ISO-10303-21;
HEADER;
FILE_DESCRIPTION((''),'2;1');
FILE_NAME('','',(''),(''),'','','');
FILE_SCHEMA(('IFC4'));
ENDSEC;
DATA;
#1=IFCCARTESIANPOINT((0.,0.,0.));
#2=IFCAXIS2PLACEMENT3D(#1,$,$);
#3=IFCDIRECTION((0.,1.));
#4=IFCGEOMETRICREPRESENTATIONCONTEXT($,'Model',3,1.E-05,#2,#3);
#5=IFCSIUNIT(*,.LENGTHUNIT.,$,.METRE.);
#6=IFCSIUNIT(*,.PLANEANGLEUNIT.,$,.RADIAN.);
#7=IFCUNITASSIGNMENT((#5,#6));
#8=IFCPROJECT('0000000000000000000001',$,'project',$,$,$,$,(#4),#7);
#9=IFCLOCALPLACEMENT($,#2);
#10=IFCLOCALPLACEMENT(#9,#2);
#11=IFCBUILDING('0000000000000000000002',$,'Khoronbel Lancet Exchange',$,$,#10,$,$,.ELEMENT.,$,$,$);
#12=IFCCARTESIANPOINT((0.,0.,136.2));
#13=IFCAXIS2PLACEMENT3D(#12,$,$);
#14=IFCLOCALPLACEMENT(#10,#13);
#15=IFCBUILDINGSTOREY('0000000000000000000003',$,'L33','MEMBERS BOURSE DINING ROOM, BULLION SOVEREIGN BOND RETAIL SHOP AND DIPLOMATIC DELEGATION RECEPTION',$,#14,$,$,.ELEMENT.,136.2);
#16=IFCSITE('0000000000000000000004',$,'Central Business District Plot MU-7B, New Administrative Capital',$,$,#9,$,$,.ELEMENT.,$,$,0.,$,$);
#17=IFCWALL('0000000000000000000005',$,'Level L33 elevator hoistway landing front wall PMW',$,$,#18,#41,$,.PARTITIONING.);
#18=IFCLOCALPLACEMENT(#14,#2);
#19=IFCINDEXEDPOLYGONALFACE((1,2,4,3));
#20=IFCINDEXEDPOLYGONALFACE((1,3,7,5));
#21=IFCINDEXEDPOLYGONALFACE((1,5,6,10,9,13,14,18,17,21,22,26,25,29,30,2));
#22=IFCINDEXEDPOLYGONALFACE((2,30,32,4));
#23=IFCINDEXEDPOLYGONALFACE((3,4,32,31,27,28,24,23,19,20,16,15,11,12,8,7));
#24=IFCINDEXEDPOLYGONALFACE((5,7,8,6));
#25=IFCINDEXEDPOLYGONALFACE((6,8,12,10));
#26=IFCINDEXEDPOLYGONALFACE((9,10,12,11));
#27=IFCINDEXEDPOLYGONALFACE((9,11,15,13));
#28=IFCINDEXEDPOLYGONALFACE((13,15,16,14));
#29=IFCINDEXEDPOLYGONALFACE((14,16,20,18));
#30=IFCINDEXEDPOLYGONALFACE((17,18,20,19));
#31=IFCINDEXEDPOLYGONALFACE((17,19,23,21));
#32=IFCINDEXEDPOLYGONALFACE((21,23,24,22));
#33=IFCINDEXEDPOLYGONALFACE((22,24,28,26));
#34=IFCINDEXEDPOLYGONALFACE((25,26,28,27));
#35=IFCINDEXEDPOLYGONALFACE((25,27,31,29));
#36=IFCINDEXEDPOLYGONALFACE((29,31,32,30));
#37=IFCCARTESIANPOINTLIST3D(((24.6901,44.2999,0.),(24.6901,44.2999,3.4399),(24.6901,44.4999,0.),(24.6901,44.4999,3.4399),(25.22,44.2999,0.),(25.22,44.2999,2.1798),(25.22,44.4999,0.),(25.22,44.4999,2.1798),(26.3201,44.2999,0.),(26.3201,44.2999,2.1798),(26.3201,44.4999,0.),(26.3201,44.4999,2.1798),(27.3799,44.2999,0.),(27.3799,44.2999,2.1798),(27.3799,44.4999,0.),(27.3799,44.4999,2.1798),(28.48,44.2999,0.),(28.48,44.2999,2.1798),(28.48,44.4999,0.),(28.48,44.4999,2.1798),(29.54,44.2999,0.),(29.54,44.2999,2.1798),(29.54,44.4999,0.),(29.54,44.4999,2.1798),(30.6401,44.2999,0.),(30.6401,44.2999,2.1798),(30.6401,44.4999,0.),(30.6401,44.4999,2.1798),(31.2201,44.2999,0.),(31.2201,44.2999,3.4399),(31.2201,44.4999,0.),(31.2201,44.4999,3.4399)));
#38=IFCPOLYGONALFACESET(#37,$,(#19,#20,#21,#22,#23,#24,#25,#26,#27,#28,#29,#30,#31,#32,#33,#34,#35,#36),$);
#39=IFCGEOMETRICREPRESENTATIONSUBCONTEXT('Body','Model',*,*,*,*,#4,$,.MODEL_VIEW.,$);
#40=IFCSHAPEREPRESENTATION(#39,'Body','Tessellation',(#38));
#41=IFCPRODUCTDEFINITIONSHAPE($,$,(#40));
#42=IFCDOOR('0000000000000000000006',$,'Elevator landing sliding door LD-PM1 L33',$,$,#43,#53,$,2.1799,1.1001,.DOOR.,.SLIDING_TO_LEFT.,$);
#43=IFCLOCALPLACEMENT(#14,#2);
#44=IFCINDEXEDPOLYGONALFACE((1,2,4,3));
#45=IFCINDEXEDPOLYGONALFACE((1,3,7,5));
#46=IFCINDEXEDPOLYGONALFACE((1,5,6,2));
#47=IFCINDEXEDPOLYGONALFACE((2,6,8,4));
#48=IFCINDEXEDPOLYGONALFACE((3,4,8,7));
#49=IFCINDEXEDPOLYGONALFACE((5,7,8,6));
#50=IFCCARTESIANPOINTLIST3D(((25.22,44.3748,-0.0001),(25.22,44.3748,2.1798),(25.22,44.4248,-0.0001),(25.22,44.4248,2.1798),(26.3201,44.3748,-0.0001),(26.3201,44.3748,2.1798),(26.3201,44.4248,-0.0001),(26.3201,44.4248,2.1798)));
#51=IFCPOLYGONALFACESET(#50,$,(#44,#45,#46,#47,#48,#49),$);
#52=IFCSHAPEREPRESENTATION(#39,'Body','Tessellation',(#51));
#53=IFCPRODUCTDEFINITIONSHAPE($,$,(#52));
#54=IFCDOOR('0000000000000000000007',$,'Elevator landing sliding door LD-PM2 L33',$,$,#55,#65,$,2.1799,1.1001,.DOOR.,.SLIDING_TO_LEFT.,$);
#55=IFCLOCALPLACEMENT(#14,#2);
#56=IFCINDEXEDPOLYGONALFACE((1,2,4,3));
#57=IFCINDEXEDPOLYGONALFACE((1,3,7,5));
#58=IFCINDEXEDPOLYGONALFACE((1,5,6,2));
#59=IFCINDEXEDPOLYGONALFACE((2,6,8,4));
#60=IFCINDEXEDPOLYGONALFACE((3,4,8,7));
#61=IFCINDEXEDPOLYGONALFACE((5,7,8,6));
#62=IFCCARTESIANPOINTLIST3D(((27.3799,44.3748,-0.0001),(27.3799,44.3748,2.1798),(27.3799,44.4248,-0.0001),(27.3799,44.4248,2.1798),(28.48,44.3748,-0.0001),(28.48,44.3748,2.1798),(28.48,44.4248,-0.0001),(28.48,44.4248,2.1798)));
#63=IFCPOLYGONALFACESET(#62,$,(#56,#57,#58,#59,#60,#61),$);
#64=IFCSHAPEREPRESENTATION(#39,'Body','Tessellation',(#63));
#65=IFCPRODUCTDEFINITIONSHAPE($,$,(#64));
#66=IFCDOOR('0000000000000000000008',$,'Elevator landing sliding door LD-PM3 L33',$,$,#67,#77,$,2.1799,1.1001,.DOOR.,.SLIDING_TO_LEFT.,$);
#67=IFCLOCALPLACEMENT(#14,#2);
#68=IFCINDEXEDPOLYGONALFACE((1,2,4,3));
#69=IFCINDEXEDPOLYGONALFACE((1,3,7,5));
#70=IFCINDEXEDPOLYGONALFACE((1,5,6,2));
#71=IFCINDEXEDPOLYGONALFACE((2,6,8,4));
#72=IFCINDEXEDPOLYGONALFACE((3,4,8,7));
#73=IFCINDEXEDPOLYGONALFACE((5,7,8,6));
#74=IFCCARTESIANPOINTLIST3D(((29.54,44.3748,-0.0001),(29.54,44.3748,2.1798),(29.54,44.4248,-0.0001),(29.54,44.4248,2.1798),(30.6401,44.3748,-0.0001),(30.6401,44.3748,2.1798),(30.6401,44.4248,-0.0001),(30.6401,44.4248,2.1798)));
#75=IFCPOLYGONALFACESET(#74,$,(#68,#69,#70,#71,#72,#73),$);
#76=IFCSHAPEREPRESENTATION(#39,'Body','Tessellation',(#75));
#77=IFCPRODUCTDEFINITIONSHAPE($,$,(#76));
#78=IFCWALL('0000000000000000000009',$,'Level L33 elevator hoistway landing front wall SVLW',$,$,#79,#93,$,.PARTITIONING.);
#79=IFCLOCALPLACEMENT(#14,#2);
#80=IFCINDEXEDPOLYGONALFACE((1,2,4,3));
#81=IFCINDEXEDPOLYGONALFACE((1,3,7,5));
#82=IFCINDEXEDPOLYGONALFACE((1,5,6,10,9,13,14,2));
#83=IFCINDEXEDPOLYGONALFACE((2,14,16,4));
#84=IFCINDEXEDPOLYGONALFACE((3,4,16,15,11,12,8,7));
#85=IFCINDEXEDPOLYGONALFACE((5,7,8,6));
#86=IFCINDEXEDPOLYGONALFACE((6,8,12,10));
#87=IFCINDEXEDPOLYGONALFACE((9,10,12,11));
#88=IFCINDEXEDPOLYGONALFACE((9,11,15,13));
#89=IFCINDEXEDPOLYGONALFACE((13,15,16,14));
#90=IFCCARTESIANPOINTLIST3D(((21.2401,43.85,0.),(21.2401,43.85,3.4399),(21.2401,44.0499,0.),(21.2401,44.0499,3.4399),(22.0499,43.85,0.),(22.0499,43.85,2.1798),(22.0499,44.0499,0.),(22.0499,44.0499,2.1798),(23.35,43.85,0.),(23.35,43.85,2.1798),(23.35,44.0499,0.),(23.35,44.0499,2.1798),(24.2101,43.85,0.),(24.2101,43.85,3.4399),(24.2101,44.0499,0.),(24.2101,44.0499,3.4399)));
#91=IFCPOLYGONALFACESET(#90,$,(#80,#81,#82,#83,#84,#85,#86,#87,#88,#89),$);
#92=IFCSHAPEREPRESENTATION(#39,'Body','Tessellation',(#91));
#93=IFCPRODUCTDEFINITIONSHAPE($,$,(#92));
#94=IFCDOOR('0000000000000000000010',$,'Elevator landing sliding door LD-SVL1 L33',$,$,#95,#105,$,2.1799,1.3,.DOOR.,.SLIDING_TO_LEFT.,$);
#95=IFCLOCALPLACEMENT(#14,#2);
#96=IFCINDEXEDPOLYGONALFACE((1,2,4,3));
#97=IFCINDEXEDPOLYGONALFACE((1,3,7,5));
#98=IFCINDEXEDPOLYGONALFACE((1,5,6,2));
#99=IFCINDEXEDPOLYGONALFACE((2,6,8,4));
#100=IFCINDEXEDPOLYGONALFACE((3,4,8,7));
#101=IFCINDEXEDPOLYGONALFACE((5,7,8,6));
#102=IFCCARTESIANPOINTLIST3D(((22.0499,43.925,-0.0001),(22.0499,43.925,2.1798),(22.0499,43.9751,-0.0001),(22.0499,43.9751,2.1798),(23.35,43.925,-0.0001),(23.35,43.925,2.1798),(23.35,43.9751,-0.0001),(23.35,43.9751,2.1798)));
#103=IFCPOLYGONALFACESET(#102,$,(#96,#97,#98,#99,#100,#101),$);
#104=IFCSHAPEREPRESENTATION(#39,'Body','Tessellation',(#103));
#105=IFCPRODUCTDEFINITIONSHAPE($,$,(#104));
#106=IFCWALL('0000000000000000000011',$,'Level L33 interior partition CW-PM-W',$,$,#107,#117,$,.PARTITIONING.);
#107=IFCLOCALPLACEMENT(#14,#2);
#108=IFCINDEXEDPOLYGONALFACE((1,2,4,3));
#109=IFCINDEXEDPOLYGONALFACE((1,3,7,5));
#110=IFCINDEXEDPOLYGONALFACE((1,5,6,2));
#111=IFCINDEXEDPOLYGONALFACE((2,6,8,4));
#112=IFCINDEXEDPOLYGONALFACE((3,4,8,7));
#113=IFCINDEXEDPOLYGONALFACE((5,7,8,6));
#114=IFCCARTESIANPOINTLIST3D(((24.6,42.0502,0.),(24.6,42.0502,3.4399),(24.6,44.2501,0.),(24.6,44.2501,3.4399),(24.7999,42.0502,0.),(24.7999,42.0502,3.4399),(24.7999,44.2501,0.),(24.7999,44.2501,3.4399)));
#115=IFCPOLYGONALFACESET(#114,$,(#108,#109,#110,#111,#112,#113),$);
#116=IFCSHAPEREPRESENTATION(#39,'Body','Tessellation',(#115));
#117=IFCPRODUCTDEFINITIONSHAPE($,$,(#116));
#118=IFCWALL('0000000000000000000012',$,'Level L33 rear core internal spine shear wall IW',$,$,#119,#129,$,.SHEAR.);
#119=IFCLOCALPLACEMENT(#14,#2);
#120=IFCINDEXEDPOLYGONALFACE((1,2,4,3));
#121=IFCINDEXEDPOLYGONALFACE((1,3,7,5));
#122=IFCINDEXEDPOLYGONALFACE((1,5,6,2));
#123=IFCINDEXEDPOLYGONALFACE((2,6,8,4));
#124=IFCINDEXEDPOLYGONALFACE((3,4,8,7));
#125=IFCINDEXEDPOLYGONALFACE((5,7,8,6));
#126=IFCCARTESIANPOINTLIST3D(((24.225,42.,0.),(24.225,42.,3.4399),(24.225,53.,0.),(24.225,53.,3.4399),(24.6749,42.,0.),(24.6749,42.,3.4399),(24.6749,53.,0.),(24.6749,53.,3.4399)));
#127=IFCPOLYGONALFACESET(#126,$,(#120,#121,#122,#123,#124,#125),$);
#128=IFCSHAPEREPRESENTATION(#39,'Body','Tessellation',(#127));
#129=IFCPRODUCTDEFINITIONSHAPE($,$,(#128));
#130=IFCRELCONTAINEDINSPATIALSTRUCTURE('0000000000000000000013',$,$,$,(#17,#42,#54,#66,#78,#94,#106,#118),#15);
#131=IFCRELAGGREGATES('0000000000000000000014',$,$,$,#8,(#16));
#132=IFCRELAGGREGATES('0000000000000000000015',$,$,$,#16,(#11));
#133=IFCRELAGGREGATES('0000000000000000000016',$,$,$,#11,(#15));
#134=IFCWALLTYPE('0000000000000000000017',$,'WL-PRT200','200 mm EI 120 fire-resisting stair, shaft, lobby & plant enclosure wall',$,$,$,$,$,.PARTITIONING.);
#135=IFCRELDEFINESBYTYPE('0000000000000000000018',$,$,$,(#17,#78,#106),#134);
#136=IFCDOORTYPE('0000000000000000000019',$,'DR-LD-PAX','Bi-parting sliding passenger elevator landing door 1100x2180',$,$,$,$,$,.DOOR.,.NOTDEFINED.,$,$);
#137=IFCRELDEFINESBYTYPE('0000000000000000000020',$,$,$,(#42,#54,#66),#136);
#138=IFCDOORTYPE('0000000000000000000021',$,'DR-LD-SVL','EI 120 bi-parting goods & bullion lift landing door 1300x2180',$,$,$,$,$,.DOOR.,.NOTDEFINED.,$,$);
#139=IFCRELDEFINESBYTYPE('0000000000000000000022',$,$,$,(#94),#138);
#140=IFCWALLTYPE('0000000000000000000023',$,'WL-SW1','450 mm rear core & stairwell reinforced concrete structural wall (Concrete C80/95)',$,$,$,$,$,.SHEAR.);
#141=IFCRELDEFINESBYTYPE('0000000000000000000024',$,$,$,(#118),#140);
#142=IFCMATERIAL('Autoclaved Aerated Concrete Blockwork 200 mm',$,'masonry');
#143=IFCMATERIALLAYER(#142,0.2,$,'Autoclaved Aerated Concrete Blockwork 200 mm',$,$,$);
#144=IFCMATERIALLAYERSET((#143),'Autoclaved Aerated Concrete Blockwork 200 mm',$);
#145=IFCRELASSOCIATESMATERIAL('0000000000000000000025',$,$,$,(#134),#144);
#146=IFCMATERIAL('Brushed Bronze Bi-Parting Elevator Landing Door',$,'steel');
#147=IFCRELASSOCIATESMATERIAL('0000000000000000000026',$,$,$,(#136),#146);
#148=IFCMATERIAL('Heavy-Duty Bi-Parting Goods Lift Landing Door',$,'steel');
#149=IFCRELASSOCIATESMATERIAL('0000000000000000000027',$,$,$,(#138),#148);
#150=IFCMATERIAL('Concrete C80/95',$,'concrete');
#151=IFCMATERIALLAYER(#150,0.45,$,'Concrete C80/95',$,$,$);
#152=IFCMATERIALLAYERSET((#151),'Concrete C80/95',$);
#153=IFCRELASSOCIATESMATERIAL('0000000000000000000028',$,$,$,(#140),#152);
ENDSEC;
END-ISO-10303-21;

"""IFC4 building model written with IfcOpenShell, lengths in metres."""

from ifc_helpers import new_model, si_unit, direction, frame, frame_2d, origin, place, context, subcontext, project, spatial, rectangle, extrude, material, layer, layer_set, type_object, element, fill, save


model = new_model("IFC4")

# Units and contexts
model_context = context("Model", 3, precision=1e-05, world=origin(), true_north=direction((0.0, 1.0)))
body_context = subcontext(model_context, "Body", "Model", "MODEL_VIEW")
ifc_project = project(units=[si_unit("LENGTHUNIT", "METRE"), si_unit("PLANEANGLEUNIT", "RADIAN")], contexts=[model_context])

# Site, building, storey
site_placement = place(None, origin())
site = spatial("IfcSite", under=ifc_project, at=site_placement, Name="Central Business District Plot MU-7B, New Administrative Capital", CompositionType="ELEMENT", RefElevation=0.0)
building_placement = place(site_placement, origin())
building = spatial("IfcBuilding", under=site, at=building_placement, Name="Khoronbel Lancet Exchange", CompositionType="ELEMENT")
storey_placement = place(building_placement, frame((0.0, 0.0, 136.2)))
storey = spatial("IfcBuildingStorey", under=building, at=storey_placement, Name="L33", Description="MEMBERS BOURSE DINING ROOM, BULLION SOVEREIGN BOND RETAIL SHOP AND DIPLOMATIC DELEGATION RECEPTION", CompositionType="ELEMENT", Elevation=136.2)

# Shared definitions
ifc_material_1 = material(Name="Concrete C80/95", Category="concrete")

# Wall, openings, doors
ifc_material_2 = material(Name="Autoclaved Aerated Concrete Blockwork 200 mm", Category="masonry")
ifc_layer_1 = layer(ifc_material_2, 0.2, Name="Autoclaved Aerated Concrete Blockwork 200 mm")
ifc_layer_set_1 = layer_set([ifc_layer_1], Name="Autoclaved Aerated Concrete Blockwork 200 mm")
wall_type_1 = type_object("IfcWallType", Name="WL-PRT200", Description="200 mm EI 120 fire-resisting stair, shaft, lobby & plant enclosure wall", PredefinedType="PARTITIONING", material=ifc_layer_set_1)
wall_1_placement = place(storey_placement, frame((24.6899, 44.3999, 0.0), z_axis=(0.0, 0.0, 1.0), x_axis=(1.0, 0.0, 0.0)))
wall_1 = element("IfcWall", 1, at=wall_1_placement, inside=storey, type_object=wall_type_1, Name="Level L33 elevator hoistway landing front wall PMW", PredefinedType="PARTITIONING", context=body_context, shape_type="SweptSolid", body=[
    extrude(rectangle(XDim=6.53, YDim=0.2, at=frame_2d((3.2651, 0.0))), origin(), (0.0, 0.0, 1.0), 3.4399),
])
opening_1_placement = place(wall_1_placement, frame((0.53, 0.0, 0.0)))
opening_1 = element("IfcOpeningElement", 2, at=opening_1_placement, cuts=wall_1, PredefinedType="OPENING", context=body_context, shape_type="SweptSolid", body=[
    extrude(rectangle(XDim=1.1001, YDim=2.1799, at=frame_2d((0.55, 1.0898))), frame((0.0, 0.1099, 0.0), z_axis=(0.0, -1.0, 0.0), x_axis=(1.0, 0.0, 0.0)), (0.0, 0.0, 1.0), 0.22),
])
opening_2_placement = place(wall_1_placement, frame((2.6899, 0.0, 0.0)))
opening_2 = element("IfcOpeningElement", 3, at=opening_2_placement, cuts=wall_1, PredefinedType="OPENING", context=body_context, shape_type="SweptSolid", body=[
    extrude(rectangle(XDim=1.1001, YDim=2.1799, at=frame_2d((0.55, 1.0898))), frame((0.0, 0.1099, 0.0), z_axis=(0.0, -1.0, 0.0), x_axis=(1.0, 0.0, 0.0)), (0.0, 0.0, 1.0), 0.22),
])
opening_3_placement = place(wall_1_placement, frame((4.8501, 0.0, 0.0)))
opening_3 = element("IfcOpeningElement", 4, at=opening_3_placement, cuts=wall_1, PredefinedType="OPENING", context=body_context, shape_type="SweptSolid", body=[
    extrude(rectangle(XDim=1.1001, YDim=2.1799, at=frame_2d((0.55, 1.0898))), frame((0.0, 0.1099, 0.0), z_axis=(0.0, -1.0, 0.0), x_axis=(1.0, 0.0, 0.0)), (0.0, 0.0, 1.0), 0.22),
])
ifc_material_3 = material(Name="Brushed Bronze Bi-Parting Elevator Landing Door", Category="steel")
door_type_1 = type_object("IfcDoorType", Name="DR-LD-PAX", Description="Bi-parting sliding passenger elevator landing door 1100x2180", OperationType="NOTDEFINED", PredefinedType="DOOR", material=ifc_material_3)
door_1_placement = place(opening_1_placement, origin())
door_1 = element("IfcDoor", 5, at=door_1_placement, inside=storey, type_object=door_type_1, Name="Elevator landing sliding door LD-PM1 L33", OperationType="SLIDING_TO_LEFT", OverallHeight=2.1799, OverallWidth=1.1001, PredefinedType="DOOR", context=body_context, shape_type="SweptSolid", body=[
    extrude(rectangle(XDim=1.1001, YDim=2.1799, at=frame_2d((0.55, 1.0898))), frame((0.0, 0.0249, 0.0), z_axis=(0.0, -1.0, 0.0), x_axis=(1.0, 0.0, 0.0)), (0.0, 0.0, 1.0), 0.05),
])
fill(opening_1, door_1)
door_2_placement = place(opening_2_placement, origin())
door_2 = element("IfcDoor", 6, at=door_2_placement, inside=storey, type_object=door_type_1, Name="Elevator landing sliding door LD-PM2 L33", OperationType="SLIDING_TO_LEFT", OverallHeight=2.1799, OverallWidth=1.1001, PredefinedType="DOOR", context=body_context, shape_type="SweptSolid", body=[
    extrude(rectangle(XDim=1.1001, YDim=2.1799, at=frame_2d((0.55, 1.0898))), frame((0.0, 0.0249, 0.0), z_axis=(0.0, -1.0, 0.0), x_axis=(1.0, 0.0, 0.0)), (0.0, 0.0, 1.0), 0.05),
])
fill(opening_2, door_2)
door_3_placement = place(opening_3_placement, origin())
door_3 = element("IfcDoor", 7, at=door_3_placement, inside=storey, type_object=door_type_1, Name="Elevator landing sliding door LD-PM3 L33", OperationType="SLIDING_TO_LEFT", OverallHeight=2.1799, OverallWidth=1.1001, PredefinedType="DOOR", context=body_context, shape_type="SweptSolid", body=[
    extrude(rectangle(XDim=1.1001, YDim=2.1799, at=frame_2d((0.55, 1.0898))), frame((0.0, 0.0249, 0.0), z_axis=(0.0, -1.0, 0.0), x_axis=(1.0, 0.0, 0.0)), (0.0, 0.0, 1.0), 0.05),
])
fill(opening_3, door_3)

# Wall, opening, door
wall_2_placement = place(storey_placement, frame((24.21, 43.95, 0.0), z_axis=(0.0, 0.0, 1.0), x_axis=(-1.0, 0.0, 0.0)))
wall_2 = element("IfcWall", 8, at=wall_2_placement, inside=storey, type_object=wall_type_1, Name="Level L33 elevator hoistway landing front wall SVLW", PredefinedType="PARTITIONING", context=body_context, shape_type="SweptSolid", body=[
    extrude(rectangle(XDim=2.97, YDim=0.2, at=frame_2d((1.4849, 0.0))), origin(), (0.0, 0.0, 1.0), 3.4399),
])
opening_4_placement = place(wall_2_placement, frame((0.8601, 0.0, 0.0)))
opening_4 = element("IfcOpeningElement", 9, at=opening_4_placement, cuts=wall_2, PredefinedType="OPENING", context=body_context, shape_type="SweptSolid", body=[
    extrude(rectangle(XDim=1.3, YDim=2.1799, at=frame_2d((0.6499, 1.0898))), frame((0.0, 0.1099, 0.0), z_axis=(0.0, -1.0, 0.0), x_axis=(1.0, 0.0, 0.0)), (0.0, 0.0, 1.0), 0.22),
])
ifc_material_4 = material(Name="Heavy-Duty Bi-Parting Goods Lift Landing Door", Category="steel")
door_type_2 = type_object("IfcDoorType", Name="DR-LD-SVL", Description="EI 120 bi-parting goods & bullion lift landing door 1300x2180", OperationType="NOTDEFINED", PredefinedType="DOOR", material=ifc_material_4)
door_4_placement = place(opening_4_placement, origin())
door_4 = element("IfcDoor", 10, at=door_4_placement, inside=storey, type_object=door_type_2, Name="Elevator landing sliding door LD-SVL1 L33", OperationType="SLIDING_TO_LEFT", OverallHeight=2.1799, OverallWidth=1.3, PredefinedType="DOOR", context=body_context, shape_type="SweptSolid", body=[
    extrude(rectangle(XDim=1.3, YDim=2.1799, at=frame_2d((0.6499, 1.0898))), frame((0.0, 0.0249, 0.0), z_axis=(0.0, -1.0, 0.0), x_axis=(1.0, 0.0, 0.0)), (0.0, 0.0, 1.0), 0.05),
])
fill(opening_4, door_4)

# Walls
wall_3_placement = place(storey_placement, frame((24.7, 42.05, 0.0), z_axis=(0.0, 0.0, 1.0), x_axis=(0.0, 1.0, 0.0)))
element("IfcWall", 11, at=wall_3_placement, inside=storey, type_object=wall_type_1, Name="Level L33 interior partition CW-PM-W", PredefinedType="PARTITIONING", context=body_context, shape_type="SweptSolid", body=[
    extrude(rectangle(XDim=2.2, YDim=0.2, at=frame_2d((1.1001, 0.0))), origin(), (0.0, 0.0, 1.0), 3.4399),
])
ifc_layer_2 = layer(ifc_material_1, 0.45, Name="Concrete C80/95")
ifc_layer_set_2 = layer_set([ifc_layer_2], Name="Concrete C80/95")
wall_type_2 = type_object("IfcWallType", Name="WL-SW1", Description="450 mm rear core & stairwell reinforced concrete structural wall (Concrete C80/95)", PredefinedType="SHEAR", material=ifc_layer_set_2)
wall_4_placement = place(storey_placement, frame((24.45, 42.0, 0.0), z_axis=(0.0, 0.0, 1.0), x_axis=(0.0, 1.0, 0.0)))
element("IfcWall", 12, at=wall_4_placement, inside=storey, type_object=wall_type_2, Name="Level L33 rear core internal spine shear wall IW", PredefinedType="SHEAR", context=body_context, shape_type="SweptSolid", body=[
    extrude(rectangle(XDim=11.0, YDim=0.45, at=frame_2d((5.5, 0.0))), origin(), (0.0, 0.0, 1.0), 3.4399),
])

save(model, "model.ifc")
